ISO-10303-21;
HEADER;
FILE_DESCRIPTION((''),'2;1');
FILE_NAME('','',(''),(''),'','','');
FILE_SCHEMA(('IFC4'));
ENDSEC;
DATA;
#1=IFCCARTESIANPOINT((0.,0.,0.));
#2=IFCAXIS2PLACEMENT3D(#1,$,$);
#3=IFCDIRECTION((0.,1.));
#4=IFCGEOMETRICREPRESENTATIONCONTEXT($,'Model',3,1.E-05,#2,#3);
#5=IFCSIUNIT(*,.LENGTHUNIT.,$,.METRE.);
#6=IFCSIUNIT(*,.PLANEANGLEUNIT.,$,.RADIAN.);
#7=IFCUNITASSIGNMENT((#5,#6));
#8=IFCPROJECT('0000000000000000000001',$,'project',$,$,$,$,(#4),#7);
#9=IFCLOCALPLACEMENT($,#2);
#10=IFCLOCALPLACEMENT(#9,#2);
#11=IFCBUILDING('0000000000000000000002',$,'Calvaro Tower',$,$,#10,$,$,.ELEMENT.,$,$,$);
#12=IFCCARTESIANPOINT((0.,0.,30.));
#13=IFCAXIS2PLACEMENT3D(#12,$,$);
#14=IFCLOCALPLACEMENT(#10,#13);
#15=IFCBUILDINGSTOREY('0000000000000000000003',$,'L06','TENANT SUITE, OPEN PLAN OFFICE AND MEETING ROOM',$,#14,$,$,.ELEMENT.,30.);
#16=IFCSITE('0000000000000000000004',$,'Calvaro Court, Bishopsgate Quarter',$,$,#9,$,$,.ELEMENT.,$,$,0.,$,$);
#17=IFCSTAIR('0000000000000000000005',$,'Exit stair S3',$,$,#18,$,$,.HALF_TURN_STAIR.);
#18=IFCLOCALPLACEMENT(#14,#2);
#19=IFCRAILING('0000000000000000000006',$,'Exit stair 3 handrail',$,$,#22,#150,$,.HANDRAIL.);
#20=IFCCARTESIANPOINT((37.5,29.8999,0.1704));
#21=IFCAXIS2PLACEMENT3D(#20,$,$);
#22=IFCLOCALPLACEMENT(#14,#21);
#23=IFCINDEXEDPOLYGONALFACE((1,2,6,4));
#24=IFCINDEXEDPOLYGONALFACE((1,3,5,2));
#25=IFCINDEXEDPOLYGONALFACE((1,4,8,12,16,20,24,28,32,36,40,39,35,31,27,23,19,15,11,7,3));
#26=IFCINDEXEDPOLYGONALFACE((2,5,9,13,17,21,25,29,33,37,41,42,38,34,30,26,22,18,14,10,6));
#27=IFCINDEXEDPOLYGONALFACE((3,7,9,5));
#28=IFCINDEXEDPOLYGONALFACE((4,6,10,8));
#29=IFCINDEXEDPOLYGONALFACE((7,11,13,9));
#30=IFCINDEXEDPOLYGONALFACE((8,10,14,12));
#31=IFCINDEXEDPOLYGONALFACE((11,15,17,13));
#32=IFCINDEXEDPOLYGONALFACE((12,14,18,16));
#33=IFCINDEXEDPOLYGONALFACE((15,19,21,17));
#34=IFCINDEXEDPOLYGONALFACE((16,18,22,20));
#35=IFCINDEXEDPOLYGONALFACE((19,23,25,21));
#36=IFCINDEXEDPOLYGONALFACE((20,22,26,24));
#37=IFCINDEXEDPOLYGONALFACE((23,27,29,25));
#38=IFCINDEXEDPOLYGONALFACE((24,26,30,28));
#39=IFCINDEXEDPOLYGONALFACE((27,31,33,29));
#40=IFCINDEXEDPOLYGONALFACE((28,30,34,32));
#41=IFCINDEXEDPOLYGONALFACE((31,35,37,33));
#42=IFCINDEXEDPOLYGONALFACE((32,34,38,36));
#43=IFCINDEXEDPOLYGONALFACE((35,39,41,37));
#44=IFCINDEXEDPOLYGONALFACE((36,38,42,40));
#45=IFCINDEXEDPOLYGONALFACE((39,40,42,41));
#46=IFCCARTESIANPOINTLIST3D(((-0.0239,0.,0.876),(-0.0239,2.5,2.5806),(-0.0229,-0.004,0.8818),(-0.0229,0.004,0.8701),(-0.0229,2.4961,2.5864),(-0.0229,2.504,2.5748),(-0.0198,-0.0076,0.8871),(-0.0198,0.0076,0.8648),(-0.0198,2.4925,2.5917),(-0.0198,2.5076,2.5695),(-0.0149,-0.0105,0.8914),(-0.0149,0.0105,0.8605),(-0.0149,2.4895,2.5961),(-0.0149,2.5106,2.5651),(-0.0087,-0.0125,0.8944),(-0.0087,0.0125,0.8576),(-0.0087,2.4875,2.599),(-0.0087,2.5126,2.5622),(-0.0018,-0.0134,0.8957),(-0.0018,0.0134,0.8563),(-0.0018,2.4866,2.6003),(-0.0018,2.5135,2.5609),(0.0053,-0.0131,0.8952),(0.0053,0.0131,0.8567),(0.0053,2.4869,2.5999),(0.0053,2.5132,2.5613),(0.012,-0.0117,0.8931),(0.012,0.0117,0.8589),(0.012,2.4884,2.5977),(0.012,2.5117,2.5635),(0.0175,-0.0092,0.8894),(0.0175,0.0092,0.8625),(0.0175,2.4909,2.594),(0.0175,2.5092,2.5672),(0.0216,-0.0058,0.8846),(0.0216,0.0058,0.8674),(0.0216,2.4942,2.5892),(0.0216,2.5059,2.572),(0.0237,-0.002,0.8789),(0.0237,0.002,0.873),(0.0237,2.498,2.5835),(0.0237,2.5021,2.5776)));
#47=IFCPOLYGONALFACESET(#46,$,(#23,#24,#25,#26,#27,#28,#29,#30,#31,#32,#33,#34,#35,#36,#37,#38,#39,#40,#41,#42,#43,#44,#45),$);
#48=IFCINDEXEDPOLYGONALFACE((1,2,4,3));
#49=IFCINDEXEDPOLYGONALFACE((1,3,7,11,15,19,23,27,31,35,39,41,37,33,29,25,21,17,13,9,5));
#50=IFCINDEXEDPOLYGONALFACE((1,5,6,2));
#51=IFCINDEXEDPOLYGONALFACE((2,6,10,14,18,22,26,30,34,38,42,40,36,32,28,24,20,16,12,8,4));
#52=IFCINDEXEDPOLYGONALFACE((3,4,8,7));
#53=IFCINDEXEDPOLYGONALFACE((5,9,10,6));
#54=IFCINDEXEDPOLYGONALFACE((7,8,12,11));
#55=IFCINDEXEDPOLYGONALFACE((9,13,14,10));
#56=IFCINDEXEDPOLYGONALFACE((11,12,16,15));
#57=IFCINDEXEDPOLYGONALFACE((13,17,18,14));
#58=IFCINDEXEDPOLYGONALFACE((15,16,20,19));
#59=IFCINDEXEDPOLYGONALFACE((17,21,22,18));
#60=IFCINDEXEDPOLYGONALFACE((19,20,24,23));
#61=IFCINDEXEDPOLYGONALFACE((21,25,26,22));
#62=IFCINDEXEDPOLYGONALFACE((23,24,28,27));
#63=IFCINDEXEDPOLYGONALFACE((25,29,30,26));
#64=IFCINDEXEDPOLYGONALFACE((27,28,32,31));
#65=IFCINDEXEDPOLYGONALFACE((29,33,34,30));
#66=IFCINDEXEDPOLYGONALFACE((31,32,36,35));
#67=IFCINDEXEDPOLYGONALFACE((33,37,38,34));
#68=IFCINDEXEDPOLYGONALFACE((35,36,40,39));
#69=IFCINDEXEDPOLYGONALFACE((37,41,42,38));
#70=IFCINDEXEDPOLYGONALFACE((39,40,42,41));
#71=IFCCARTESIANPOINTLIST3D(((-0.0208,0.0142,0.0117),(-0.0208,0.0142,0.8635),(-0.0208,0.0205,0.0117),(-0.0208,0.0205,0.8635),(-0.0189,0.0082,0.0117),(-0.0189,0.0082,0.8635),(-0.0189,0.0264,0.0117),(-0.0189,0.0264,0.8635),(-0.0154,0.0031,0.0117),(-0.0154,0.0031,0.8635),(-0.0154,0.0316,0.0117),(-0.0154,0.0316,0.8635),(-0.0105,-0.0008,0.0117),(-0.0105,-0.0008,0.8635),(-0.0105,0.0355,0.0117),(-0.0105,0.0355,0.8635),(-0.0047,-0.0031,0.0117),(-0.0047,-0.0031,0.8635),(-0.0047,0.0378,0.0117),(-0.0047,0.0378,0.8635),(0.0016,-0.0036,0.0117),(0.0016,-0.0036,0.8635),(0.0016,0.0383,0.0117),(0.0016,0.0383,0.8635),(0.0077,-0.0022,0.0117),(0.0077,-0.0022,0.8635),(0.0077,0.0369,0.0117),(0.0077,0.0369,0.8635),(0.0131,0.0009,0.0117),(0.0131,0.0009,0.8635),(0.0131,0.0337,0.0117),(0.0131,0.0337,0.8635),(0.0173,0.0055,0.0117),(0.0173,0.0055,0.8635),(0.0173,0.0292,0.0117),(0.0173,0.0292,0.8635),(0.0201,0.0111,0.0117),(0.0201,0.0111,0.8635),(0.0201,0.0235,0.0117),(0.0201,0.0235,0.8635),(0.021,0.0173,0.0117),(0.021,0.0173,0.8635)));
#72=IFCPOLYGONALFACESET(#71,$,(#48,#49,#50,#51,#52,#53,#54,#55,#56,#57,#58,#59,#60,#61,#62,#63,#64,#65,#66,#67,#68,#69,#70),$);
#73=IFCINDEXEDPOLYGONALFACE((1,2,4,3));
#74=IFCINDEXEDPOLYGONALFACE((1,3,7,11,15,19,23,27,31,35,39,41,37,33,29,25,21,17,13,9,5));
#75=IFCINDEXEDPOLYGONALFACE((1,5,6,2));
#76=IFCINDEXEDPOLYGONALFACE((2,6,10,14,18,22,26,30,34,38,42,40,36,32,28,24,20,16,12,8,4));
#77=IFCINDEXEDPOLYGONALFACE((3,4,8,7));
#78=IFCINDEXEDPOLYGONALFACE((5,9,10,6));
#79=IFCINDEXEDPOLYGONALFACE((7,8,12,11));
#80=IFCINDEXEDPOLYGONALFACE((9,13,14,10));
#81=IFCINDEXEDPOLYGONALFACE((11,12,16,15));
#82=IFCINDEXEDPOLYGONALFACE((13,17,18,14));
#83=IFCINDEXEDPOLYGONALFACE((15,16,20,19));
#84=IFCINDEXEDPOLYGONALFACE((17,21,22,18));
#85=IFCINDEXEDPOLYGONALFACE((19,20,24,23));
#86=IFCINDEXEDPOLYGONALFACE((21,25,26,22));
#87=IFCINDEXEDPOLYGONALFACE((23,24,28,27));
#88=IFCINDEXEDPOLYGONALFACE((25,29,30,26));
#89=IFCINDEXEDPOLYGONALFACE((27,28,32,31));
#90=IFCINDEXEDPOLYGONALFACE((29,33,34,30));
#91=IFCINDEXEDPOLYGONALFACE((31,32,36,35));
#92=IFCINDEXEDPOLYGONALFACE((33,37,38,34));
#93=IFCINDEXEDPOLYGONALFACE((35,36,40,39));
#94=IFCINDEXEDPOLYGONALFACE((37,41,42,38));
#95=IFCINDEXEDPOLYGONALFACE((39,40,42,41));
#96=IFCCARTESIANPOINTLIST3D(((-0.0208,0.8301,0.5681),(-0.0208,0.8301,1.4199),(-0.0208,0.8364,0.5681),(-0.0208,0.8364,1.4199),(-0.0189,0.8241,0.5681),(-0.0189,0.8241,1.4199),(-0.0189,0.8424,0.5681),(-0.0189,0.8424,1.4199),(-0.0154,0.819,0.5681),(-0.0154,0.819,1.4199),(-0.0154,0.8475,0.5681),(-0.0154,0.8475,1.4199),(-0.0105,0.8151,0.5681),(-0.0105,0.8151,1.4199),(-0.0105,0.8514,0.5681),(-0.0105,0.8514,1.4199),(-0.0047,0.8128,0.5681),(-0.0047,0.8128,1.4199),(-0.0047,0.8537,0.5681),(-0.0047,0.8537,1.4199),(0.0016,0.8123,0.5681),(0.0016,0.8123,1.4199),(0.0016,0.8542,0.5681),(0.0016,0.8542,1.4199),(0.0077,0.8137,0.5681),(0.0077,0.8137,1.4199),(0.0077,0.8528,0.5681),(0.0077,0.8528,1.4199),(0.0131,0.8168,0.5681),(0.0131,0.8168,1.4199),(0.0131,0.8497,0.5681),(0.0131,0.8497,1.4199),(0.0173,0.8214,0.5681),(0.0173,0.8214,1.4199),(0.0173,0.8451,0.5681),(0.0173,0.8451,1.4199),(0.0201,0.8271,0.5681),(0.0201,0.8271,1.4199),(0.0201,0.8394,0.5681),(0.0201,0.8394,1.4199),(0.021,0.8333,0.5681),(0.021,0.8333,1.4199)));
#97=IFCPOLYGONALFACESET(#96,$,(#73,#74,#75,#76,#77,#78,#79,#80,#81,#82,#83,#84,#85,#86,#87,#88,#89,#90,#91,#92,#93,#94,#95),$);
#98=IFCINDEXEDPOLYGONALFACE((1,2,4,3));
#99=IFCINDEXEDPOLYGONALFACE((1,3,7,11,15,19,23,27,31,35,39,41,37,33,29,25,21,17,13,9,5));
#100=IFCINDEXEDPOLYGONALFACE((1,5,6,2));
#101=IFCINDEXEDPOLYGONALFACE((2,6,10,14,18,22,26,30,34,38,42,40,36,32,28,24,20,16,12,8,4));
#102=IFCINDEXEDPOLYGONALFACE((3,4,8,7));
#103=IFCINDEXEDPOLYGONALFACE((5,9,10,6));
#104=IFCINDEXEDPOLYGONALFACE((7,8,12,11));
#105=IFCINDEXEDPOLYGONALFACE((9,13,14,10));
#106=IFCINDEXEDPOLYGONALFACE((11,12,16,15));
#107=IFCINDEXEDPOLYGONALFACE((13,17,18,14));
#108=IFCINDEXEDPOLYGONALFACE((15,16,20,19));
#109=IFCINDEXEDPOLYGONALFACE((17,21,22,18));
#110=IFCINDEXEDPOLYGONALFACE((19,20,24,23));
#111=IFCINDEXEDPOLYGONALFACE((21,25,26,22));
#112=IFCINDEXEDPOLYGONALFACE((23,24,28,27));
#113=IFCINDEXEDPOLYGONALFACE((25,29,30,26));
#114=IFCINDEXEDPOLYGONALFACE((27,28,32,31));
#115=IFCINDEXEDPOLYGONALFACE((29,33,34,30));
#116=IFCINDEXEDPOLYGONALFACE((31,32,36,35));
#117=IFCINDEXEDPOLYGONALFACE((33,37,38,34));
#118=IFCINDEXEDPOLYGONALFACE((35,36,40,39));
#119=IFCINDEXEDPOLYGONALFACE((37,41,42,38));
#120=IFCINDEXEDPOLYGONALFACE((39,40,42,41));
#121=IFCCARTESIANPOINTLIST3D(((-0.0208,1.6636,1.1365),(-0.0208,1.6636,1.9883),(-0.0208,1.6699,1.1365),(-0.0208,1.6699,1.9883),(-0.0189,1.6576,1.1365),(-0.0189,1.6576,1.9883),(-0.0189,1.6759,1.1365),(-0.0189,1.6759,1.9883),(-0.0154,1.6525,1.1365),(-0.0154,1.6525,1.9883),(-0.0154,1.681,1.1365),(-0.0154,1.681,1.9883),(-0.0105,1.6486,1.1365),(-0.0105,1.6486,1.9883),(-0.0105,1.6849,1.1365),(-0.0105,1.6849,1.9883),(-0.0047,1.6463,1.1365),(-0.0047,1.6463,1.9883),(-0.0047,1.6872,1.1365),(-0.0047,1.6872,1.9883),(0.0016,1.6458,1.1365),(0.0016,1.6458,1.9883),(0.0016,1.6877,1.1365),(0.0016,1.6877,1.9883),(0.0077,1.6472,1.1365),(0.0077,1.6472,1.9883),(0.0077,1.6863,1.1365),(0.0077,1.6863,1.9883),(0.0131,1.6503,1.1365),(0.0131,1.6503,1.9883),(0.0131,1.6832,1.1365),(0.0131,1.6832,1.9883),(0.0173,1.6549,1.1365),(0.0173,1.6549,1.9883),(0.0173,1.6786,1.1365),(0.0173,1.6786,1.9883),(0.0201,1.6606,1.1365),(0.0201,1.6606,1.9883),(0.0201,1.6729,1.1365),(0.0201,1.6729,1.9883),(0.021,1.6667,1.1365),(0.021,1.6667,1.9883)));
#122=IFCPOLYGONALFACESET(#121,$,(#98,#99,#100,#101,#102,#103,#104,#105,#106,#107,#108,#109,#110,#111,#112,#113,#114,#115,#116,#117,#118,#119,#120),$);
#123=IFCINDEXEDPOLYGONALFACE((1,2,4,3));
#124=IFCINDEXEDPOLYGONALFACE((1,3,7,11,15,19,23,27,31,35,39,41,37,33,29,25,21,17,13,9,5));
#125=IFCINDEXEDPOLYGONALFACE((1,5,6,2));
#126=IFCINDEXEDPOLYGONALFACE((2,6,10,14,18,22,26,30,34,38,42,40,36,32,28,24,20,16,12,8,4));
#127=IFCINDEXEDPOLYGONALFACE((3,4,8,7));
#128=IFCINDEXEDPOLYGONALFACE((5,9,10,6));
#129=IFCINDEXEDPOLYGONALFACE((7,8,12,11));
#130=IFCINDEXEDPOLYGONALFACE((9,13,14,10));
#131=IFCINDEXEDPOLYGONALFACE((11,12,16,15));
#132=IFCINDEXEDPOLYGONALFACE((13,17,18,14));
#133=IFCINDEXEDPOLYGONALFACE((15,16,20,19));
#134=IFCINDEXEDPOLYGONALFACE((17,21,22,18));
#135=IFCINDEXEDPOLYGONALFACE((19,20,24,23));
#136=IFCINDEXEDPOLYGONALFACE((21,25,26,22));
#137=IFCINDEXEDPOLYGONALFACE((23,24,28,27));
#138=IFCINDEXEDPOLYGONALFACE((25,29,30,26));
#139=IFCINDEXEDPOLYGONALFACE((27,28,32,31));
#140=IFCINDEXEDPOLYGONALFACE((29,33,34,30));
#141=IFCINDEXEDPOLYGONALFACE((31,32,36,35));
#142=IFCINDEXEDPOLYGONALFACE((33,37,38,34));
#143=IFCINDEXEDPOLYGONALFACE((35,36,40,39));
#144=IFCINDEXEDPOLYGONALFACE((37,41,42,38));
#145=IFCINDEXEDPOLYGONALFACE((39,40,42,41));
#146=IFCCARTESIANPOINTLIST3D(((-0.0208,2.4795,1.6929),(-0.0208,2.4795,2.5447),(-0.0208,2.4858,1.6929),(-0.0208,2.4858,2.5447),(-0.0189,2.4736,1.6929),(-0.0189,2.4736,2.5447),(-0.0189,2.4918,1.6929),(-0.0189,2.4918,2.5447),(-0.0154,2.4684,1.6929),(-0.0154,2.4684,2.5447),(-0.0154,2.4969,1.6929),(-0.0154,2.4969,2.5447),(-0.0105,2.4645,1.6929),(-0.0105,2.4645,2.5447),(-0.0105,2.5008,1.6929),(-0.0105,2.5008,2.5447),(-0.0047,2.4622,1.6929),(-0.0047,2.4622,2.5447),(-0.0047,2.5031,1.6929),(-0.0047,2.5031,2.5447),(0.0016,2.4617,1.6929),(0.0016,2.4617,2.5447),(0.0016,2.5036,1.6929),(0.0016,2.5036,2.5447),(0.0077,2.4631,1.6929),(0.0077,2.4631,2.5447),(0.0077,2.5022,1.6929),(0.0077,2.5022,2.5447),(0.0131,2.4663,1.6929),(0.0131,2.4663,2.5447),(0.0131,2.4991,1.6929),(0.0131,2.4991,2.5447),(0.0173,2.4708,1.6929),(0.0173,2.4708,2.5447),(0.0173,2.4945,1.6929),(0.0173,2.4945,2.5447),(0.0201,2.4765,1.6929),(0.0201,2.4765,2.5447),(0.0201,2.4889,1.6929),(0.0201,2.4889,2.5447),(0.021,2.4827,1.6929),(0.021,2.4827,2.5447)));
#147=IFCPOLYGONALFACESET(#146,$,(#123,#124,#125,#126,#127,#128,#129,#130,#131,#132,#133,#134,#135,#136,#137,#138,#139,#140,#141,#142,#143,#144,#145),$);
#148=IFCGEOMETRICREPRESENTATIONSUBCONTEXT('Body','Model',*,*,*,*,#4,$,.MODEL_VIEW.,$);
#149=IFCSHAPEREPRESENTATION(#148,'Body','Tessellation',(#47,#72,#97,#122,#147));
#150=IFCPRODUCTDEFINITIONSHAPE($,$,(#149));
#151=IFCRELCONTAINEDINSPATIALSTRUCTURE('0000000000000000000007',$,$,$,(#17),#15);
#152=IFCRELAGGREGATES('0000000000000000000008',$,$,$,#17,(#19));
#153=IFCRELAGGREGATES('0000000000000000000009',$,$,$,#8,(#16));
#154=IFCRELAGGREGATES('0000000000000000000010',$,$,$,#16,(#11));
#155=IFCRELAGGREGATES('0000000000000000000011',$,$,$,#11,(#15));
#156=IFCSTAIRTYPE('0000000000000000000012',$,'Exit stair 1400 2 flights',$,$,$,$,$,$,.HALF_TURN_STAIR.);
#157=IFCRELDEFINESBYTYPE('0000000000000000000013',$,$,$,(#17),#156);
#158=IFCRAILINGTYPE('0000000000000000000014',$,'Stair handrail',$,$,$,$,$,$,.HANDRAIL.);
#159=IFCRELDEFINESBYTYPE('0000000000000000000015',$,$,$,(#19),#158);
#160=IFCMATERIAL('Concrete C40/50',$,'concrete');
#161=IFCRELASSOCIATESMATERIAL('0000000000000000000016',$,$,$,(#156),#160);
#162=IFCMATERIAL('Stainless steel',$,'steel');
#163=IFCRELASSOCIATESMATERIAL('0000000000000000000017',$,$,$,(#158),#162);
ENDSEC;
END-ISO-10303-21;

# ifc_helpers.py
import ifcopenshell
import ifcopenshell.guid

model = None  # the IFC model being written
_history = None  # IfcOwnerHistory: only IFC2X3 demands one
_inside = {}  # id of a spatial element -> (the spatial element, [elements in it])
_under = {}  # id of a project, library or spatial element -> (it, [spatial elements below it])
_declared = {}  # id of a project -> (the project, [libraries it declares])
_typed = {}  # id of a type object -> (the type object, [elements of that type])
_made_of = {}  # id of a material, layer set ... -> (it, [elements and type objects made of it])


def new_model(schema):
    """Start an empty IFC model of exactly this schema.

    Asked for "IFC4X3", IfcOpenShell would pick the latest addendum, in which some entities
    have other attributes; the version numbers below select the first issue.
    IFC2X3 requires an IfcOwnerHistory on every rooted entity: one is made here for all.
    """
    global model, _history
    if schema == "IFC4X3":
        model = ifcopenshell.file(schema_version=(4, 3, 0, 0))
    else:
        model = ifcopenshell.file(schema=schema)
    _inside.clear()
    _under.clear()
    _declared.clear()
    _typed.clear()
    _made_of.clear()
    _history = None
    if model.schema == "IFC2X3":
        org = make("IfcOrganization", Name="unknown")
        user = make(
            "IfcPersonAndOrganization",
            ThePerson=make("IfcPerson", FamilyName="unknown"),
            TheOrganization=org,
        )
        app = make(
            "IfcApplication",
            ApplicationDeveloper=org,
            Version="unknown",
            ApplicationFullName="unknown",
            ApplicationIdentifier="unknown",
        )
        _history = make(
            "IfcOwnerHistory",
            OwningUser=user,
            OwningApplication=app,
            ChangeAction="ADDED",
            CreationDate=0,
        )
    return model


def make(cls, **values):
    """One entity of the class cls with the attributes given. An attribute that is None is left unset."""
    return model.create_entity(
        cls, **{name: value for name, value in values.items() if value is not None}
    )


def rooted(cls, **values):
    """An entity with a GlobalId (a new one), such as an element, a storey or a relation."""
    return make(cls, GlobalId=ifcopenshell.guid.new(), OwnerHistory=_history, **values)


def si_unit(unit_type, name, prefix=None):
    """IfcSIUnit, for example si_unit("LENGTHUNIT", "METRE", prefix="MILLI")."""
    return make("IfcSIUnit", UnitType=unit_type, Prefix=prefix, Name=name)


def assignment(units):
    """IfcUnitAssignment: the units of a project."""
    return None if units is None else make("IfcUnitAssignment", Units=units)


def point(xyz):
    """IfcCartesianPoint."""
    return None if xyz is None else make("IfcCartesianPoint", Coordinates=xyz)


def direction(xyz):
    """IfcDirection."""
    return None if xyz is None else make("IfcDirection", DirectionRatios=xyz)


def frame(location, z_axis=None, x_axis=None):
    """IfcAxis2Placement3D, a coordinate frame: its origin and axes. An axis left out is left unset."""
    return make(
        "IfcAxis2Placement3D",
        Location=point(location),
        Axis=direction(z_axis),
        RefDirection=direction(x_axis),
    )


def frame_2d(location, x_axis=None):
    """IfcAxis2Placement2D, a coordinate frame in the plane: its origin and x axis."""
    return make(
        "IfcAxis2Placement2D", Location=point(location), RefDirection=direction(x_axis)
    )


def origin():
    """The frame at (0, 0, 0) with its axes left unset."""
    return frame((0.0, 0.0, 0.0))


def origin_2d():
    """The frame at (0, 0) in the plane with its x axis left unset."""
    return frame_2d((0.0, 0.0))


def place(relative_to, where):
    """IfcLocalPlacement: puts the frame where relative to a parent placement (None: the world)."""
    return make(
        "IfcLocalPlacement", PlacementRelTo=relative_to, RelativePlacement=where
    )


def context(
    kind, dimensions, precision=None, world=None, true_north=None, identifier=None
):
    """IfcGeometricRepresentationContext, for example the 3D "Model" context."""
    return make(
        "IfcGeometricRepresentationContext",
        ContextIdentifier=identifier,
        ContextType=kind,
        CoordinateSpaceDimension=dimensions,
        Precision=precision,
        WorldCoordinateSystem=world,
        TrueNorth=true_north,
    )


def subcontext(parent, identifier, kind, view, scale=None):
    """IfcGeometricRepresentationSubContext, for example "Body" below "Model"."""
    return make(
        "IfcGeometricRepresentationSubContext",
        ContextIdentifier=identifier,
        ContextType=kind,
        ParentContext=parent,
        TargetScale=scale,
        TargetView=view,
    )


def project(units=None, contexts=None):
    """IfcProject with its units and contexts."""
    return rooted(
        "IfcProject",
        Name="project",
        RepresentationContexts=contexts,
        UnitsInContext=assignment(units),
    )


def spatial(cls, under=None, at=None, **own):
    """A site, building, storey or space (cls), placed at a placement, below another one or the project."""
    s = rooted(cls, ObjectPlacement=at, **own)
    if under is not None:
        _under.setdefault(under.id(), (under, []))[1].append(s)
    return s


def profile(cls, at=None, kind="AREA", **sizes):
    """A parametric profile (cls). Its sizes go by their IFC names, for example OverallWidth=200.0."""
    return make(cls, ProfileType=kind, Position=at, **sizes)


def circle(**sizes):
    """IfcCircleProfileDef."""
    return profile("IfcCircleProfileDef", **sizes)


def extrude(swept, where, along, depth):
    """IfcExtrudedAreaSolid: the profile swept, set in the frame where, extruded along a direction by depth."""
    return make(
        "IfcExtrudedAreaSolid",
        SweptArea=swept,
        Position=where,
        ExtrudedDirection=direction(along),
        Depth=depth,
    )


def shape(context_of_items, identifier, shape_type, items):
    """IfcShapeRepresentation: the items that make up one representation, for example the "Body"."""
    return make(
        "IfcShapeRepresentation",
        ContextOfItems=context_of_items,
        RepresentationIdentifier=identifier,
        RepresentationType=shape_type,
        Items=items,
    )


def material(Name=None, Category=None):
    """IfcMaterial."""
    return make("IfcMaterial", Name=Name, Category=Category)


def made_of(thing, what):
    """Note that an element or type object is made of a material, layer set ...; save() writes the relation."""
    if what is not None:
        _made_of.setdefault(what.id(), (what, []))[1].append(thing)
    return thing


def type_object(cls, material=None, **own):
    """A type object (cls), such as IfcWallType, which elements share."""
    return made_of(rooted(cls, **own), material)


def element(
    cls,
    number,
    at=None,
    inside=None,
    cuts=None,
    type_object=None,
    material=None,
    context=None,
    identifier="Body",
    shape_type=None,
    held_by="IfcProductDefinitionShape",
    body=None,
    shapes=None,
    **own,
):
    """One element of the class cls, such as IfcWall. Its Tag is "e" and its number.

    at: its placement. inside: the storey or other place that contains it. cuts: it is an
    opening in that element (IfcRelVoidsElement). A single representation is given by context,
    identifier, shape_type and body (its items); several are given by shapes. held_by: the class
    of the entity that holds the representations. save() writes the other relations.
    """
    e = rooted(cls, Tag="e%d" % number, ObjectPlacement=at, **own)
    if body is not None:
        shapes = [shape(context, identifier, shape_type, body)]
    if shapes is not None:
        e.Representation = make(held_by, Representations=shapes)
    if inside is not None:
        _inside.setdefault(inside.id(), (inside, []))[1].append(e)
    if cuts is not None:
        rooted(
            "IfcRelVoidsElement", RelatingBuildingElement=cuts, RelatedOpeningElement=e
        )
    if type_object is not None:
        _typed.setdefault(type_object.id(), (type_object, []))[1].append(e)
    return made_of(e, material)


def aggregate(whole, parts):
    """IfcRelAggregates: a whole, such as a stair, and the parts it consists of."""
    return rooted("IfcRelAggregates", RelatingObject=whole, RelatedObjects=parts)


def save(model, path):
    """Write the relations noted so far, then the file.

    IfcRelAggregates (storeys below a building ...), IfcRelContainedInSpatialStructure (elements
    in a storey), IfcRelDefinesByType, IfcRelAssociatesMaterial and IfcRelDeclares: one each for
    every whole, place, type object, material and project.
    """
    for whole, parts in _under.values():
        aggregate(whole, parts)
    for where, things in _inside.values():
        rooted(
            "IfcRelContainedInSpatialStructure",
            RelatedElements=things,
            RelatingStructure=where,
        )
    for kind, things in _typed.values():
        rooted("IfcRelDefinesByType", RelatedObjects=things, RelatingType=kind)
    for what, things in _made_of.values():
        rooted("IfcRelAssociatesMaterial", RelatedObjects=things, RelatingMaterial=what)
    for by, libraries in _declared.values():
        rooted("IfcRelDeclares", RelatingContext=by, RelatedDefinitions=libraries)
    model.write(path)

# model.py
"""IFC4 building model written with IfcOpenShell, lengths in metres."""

from ifc_helpers import new_model, si_unit, direction, frame, origin, origin_2d, place, context, subcontext, project, spatial, circle, extrude, material, type_object, element, aggregate, save


model = new_model("IFC4")

# Units and contexts
model_context = context("Model", 3, precision=1e-05, world=origin(), true_north=direction((0.0, 1.0)))
body_context = subcontext(model_context, "Body", "Model", "MODEL_VIEW")
ifc_project = project(units=[si_unit("LENGTHUNIT", "METRE"), si_unit("PLANEANGLEUNIT", "RADIAN")], contexts=[model_context])

# Site, building, storey
site_placement = place(None, origin())
site = spatial("IfcSite", under=ifc_project, at=site_placement, Name="Calvaro Court, Bishopsgate Quarter", CompositionType="ELEMENT", RefElevation=0.0)
building_placement = place(site_placement, origin())
building = spatial("IfcBuilding", under=site, at=building_placement, Name="Calvaro Tower", CompositionType="ELEMENT")
storey_placement = place(building_placement, frame((0.0, 0.0, 30.0)))
storey = spatial("IfcBuildingStorey", under=building, at=storey_placement, Name="L06", Description="TENANT SUITE, OPEN PLAN OFFICE AND MEETING ROOM", CompositionType="ELEMENT", Elevation=30.0)

# Stair, railing
ifc_material_1 = material(Name="Concrete C40/50", Category="concrete")
stair_type = type_object("IfcStairType", Name="Exit stair 1400 2 flights", PredefinedType="HALF_TURN_STAIR", material=ifc_material_1)
stair_placement = place(storey_placement, origin())
stair = element("IfcStair", 1, at=stair_placement, inside=storey, type_object=stair_type, Name="Exit stair S3", PredefinedType="HALF_TURN_STAIR")
ifc_material_2 = material(Name="Stainless steel", Category="steel")
railing_type = type_object("IfcRailingType", Name="Stair handrail", PredefinedType="HANDRAIL", material=ifc_material_2)
railing_1_placement = place(storey_placement, frame((37.5, 29.8999, 0.1704)))
railing_1 = element("IfcRailing", 2, at=railing_1_placement, type_object=railing_type, Name="Exit stair 3 handrail", PredefinedType="HANDRAIL", context=body_context, shape_type="SweptSolid", body=[
    extrude(circle(Radius=0.0239, at=origin_2d()), frame((0.0, 0.0, 0.876), z_axis=(0.0, 0.826221, 0.563347), x_axis=(-1.0, 0.0, 0.0)), (0.0, 0.0, 1.0), 3.0259),
    extrude(circle(Radius=0.021, at=origin_2d()), frame((0.0, 0.0173, 0.0117)), (0.0, 0.0, 1.0), 0.8518),
    extrude(circle(Radius=0.021, at=origin_2d()), frame((0.0, 0.8333, 0.5681)), (0.0, 0.0, 1.0), 0.8518),
    extrude(circle(Radius=0.021, at=origin_2d()), frame((0.0, 1.6667, 1.1365)), (0.0, 0.0, 1.0), 0.8518),
    extrude(circle(Radius=0.021, at=origin_2d()), frame((0.0, 2.4827, 1.6929)), (0.0, 0.0, 1.0), 0.8518),
])
aggregate(stair, [railing_1])

save(model, "model.ifc")
